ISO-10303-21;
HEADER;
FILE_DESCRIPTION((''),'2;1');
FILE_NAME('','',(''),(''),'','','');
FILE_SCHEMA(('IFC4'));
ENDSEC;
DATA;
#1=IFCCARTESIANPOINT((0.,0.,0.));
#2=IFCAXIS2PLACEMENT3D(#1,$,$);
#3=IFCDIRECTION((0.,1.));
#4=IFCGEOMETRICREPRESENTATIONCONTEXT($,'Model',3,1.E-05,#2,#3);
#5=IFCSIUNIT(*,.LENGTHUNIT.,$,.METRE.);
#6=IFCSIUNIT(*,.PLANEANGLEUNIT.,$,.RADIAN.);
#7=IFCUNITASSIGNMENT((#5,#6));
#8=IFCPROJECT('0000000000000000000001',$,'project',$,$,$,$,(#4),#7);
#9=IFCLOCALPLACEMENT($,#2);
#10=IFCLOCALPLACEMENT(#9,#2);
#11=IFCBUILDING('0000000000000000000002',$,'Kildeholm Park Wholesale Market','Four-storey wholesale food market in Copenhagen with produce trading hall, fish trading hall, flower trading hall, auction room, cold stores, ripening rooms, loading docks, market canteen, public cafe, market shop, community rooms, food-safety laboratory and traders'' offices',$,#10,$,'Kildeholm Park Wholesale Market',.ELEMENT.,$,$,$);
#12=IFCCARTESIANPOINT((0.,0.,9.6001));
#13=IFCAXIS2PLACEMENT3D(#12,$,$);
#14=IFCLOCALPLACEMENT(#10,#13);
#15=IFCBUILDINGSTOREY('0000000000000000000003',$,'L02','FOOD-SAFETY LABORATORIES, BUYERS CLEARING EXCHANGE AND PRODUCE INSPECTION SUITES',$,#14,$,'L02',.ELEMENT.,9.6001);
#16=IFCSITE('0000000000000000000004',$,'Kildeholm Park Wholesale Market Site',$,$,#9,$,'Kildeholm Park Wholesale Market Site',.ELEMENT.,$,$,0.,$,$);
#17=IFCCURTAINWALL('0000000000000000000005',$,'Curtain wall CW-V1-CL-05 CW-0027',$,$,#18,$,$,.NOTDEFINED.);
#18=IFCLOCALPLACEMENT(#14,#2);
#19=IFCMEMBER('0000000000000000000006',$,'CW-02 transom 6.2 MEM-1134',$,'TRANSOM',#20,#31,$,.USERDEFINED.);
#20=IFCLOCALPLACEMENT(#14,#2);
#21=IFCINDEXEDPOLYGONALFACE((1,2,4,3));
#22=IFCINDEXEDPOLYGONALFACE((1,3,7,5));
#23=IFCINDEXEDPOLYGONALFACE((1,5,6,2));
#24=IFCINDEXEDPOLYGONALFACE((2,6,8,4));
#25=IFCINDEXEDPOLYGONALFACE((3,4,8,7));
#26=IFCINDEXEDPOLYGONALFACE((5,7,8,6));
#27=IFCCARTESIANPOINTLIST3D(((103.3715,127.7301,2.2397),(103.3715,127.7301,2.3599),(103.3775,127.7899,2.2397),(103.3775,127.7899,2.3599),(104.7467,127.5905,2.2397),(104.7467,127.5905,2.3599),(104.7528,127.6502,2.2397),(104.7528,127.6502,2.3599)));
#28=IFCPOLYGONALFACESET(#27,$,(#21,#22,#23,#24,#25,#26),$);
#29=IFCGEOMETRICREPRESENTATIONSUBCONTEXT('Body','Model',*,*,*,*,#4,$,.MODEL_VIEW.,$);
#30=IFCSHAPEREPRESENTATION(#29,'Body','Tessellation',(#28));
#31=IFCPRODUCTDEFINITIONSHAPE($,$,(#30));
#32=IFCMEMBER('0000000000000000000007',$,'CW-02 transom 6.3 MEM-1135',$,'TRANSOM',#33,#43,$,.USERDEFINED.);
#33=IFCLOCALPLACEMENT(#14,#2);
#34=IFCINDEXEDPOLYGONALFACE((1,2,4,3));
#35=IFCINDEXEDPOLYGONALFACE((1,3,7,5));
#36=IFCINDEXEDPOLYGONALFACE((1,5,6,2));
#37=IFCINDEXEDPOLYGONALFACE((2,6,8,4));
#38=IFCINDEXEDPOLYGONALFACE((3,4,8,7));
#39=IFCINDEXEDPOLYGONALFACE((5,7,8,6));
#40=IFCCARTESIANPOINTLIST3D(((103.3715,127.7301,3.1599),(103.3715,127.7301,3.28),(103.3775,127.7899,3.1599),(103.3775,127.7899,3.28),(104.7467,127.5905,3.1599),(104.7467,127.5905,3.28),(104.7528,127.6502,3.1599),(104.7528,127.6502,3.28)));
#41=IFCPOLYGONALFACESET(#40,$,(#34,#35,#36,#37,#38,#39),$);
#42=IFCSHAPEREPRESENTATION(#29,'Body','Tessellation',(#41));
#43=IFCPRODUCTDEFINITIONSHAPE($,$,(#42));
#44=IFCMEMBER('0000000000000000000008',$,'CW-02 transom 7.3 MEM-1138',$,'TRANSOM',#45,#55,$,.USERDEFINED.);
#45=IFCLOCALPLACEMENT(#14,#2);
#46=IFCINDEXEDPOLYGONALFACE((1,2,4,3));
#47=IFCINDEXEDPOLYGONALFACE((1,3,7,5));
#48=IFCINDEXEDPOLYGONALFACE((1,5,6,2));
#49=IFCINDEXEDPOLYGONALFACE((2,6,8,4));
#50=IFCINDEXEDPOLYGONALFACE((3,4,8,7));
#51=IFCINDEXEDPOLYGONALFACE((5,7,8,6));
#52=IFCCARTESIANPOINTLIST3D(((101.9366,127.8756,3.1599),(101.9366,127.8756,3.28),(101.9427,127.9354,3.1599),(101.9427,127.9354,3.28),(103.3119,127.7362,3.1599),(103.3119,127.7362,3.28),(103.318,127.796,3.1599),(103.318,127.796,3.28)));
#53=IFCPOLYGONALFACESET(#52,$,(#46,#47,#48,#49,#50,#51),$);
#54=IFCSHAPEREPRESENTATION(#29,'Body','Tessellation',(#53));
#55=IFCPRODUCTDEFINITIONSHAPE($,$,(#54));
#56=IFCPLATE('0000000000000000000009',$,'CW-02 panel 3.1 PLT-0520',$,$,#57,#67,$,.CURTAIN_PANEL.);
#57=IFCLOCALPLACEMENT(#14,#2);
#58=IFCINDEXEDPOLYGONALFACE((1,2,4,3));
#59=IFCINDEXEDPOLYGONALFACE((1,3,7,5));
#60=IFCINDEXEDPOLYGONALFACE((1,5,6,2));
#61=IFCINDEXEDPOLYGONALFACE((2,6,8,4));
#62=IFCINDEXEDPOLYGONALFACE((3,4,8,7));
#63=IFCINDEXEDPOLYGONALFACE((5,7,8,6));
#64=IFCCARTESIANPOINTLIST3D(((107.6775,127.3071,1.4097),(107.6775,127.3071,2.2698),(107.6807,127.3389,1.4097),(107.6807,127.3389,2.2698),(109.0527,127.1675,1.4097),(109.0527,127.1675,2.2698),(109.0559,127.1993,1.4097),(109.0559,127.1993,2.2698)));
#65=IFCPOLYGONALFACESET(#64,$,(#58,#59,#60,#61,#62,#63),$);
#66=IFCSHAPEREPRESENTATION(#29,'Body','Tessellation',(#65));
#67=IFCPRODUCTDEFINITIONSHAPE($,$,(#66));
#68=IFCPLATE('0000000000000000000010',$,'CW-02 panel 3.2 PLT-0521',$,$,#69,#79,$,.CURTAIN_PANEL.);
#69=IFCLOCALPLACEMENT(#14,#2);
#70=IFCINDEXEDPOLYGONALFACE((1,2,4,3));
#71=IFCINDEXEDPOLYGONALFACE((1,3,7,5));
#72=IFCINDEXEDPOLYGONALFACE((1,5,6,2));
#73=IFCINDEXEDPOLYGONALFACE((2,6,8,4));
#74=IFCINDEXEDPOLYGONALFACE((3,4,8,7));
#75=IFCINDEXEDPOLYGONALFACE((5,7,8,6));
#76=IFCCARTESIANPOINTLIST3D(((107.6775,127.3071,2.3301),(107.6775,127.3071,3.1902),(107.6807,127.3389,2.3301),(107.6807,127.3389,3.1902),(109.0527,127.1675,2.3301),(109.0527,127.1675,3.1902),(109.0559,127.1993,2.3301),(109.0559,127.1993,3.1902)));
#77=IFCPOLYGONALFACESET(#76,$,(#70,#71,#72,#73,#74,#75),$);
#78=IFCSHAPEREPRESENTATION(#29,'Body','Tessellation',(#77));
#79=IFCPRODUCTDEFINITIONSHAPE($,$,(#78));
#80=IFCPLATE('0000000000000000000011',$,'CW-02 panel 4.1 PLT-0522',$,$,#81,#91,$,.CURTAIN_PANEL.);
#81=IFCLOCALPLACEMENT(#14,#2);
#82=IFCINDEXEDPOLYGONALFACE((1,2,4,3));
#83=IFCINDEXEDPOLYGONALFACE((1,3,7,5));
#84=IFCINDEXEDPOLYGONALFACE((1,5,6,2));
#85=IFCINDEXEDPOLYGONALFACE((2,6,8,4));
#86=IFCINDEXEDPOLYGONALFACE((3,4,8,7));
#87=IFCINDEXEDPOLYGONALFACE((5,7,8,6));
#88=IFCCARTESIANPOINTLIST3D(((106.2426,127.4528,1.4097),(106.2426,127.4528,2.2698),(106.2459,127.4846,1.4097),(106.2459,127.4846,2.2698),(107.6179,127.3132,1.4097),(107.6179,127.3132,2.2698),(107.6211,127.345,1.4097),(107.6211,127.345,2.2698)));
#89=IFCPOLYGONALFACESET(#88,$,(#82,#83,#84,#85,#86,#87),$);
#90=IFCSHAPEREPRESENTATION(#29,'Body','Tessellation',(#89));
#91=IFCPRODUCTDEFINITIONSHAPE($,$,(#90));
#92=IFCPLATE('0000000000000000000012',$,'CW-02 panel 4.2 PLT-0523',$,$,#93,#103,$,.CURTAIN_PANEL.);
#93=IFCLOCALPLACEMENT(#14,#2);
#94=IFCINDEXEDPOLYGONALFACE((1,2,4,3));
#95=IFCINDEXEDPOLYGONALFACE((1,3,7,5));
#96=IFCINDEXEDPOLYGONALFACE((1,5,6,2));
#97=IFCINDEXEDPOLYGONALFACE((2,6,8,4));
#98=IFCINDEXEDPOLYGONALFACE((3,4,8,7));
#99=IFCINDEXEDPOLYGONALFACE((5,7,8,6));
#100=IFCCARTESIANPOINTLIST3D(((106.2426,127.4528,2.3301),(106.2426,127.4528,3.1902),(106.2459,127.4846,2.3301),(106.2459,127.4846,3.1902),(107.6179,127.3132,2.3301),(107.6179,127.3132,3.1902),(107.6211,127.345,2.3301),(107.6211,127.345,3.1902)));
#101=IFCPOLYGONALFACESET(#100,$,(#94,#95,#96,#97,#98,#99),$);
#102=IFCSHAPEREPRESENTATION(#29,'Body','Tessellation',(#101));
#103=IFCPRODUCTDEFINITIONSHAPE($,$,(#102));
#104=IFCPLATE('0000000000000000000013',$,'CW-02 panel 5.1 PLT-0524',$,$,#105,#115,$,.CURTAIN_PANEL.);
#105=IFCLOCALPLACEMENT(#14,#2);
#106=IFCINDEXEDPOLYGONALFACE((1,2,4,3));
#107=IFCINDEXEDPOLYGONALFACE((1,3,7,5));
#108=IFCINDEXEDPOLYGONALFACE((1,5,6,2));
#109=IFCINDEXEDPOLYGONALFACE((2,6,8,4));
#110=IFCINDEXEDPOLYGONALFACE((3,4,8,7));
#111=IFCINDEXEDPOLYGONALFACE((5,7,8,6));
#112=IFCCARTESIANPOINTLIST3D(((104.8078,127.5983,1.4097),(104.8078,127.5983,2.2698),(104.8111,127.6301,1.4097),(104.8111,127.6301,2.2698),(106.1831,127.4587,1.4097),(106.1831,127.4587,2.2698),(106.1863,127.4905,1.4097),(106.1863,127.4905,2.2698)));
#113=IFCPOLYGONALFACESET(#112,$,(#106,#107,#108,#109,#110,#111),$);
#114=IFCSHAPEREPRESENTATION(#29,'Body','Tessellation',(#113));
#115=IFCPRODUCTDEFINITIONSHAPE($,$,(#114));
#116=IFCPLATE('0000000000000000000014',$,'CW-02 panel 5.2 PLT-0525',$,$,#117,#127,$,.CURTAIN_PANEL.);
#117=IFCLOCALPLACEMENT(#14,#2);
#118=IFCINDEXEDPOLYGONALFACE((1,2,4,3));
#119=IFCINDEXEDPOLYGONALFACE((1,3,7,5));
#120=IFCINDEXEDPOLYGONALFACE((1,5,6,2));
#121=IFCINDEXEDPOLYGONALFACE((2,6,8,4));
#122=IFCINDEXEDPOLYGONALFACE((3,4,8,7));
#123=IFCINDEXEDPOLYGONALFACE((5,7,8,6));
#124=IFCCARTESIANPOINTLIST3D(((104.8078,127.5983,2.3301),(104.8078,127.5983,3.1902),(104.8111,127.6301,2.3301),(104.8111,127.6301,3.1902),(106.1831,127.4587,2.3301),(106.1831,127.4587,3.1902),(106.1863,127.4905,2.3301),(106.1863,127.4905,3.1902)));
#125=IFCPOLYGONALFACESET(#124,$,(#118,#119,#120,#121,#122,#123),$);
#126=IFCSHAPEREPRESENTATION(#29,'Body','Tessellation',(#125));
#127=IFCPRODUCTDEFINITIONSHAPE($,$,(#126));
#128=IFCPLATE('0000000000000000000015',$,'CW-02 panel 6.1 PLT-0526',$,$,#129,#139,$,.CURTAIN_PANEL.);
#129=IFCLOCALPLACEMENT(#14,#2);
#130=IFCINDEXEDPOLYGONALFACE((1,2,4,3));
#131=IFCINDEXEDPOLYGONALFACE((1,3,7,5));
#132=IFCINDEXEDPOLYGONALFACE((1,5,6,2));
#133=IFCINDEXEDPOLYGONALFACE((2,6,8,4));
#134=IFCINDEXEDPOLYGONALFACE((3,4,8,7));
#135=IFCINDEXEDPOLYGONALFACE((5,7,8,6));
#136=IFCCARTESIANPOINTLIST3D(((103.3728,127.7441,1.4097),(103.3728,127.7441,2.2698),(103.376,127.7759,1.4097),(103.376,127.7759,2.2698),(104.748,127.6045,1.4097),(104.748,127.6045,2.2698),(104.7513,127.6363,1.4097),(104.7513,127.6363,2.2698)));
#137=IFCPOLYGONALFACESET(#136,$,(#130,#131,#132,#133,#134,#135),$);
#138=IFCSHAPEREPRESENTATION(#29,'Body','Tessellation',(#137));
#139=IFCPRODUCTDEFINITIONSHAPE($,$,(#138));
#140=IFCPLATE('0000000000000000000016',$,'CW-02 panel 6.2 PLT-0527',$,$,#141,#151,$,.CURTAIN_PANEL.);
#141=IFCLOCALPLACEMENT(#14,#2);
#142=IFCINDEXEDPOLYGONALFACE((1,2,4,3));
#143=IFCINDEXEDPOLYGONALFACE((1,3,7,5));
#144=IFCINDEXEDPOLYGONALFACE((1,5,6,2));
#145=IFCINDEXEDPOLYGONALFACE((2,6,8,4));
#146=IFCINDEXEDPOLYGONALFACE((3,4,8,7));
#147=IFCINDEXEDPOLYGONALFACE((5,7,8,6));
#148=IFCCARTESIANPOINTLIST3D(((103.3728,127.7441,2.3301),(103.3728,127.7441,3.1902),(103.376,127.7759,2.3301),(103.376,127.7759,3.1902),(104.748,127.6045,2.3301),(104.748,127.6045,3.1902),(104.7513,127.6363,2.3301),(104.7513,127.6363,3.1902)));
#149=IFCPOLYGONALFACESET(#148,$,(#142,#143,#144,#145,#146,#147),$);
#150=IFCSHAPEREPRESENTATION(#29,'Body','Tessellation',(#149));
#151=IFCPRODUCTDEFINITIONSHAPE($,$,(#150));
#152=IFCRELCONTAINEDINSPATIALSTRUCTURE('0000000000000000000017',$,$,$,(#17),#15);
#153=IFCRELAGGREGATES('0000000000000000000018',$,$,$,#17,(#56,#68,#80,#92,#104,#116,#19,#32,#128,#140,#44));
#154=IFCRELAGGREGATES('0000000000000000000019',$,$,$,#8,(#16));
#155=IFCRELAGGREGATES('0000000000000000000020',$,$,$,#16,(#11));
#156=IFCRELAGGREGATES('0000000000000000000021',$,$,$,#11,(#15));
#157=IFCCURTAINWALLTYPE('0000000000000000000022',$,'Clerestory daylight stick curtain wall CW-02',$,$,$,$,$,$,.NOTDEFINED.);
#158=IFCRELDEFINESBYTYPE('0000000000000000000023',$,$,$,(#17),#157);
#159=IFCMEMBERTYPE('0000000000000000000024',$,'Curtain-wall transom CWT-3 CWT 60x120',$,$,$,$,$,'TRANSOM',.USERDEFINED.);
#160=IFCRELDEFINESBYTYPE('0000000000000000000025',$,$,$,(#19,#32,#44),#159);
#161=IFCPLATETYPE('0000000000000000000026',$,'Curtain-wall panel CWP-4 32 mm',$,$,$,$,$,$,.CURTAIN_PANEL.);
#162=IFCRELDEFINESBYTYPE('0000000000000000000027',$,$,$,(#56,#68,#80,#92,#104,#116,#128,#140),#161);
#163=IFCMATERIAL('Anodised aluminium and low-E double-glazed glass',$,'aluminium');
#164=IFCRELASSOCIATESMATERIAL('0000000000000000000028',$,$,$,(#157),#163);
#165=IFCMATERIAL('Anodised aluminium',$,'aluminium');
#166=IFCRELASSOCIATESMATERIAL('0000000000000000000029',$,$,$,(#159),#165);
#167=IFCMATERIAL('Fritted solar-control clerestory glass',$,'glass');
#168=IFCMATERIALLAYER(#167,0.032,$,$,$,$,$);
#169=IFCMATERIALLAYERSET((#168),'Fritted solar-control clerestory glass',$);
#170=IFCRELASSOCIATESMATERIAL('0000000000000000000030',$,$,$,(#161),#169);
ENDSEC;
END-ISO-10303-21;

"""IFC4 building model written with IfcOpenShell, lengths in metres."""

from ifc_helpers import new_model, si_unit, direction, frame, origin, origin_2d, place, context, subcontext, project, spatial, rectangle, extrude, material, layer, layer_set, material_profile, profile_set, type_object, element, aggregate, save


model = new_model("IFC4")

# Units and contexts
model_context = context("Model", 3, precision=1e-05, world=origin(), true_north=direction((0.0, 1.0)))
body_context = subcontext(model_context, "Body", "Model", "MODEL_VIEW")
ifc_project = project(units=[si_unit("LENGTHUNIT", "METRE"), si_unit("PLANEANGLEUNIT", "RADIAN")], contexts=[model_context])

# Site, building, storey
site_placement = place(None, origin())
site = spatial("IfcSite", under=ifc_project, at=site_placement, Name="Kildeholm Park Wholesale Market Site", LongName="Kildeholm Park Wholesale Market Site", CompositionType="ELEMENT", RefElevation=0.0)
building_placement = place(site_placement, origin())
building = spatial("IfcBuilding", under=site, at=building_placement, Name="Kildeholm Park Wholesale Market", Description="Four-storey wholesale food market in Copenhagen with produce trading hall, fish trading hall, flower trading hall, auction room, cold stores, ripening rooms, loading docks, market canteen, public cafe, market shop, community rooms, food-safety laboratory and traders' offices", LongName="Kildeholm Park Wholesale Market", CompositionType="ELEMENT")
storey_placement = place(building_placement, frame((0.0, 0.0, 9.6001)))
storey = spatial("IfcBuildingStorey", under=building, at=storey_placement, Name="L02", Description="FOOD-SAFETY LABORATORIES, BUYERS CLEARING EXCHANGE AND PRODUCE INSPECTION SUITES", LongName="L02", CompositionType="ELEMENT", Elevation=9.6001)

# Curtain wall, members, plates
ifc_material_1 = material(Name="Anodised aluminium and low-E double-glazed glass", Category="aluminium")
curtain_wall_type = type_object("IfcCurtainWallType", Name="Clerestory daylight stick curtain wall CW-02", PredefinedType="NOTDEFINED", material=ifc_material_1)
curtain_wall_placement = place(storey_placement, origin())
curtain_wall = element("IfcCurtainWall", 1, at=curtain_wall_placement, inside=storey, type_object=curtain_wall_type, Name="Curtain wall CW-V1-CL-05 CW-0027", PredefinedType="NOTDEFINED")
ifc_material_2 = material(Name="Anodised aluminium", Category="aluminium")
ifc_material_profile_1 = material_profile(ifc_material_2, rectangle(XDim=0.0601, YDim=0.1201, at=origin_2d()), Name="CWT 60x120")
ifc_profile_set_1 = profile_set([ifc_material_profile_1], Name="Anodised aluminium")
member_type_1 = type_object("IfcMemberType", Name="Curtain-wall transom CWT-3 CWT 60x120", ElementType="TRANSOM", PredefinedType="USERDEFINED", material=ifc_profile_set_1)
member_1_placement = place(storey_placement, frame((104.7498, 127.6204, 2.2998), z_axis=(-0.994884, 0.101025, 0.0), x_axis=(-0.101025, -0.994884, 0.0)))
member_1 = element("IfcMember", 2, at=member_1_placement, type_object=member_type_1, Name="CW-02 transom 6.2 MEM-1134", ObjectType="TRANSOM", PredefinedType="USERDEFINED", context=body_context, shape_type="SweptSolid", body=[
    extrude(rectangle(XDim=0.0601, YDim=0.1201, at=origin_2d()), origin(), (0.0, 0.0, 1.0), 1.3823),
])
member_2_placement = place(storey_placement, frame((104.7498, 127.6204, 3.22), z_axis=(-0.994884, 0.101025, 0.0), x_axis=(-0.101025, -0.994884, 0.0)))
member_2 = element("IfcMember", 3, at=member_2_placement, type_object=member_type_1, Name="CW-02 transom 6.3 MEM-1135", ObjectType="TRANSOM", PredefinedType="USERDEFINED", context=body_context, shape_type="SweptSolid", body=[
    extrude(rectangle(XDim=0.0601, YDim=0.1201, at=origin_2d()), origin(), (0.0, 0.0, 1.0), 1.3823),
])
member_3_placement = place(storey_placement, frame((103.3149, 127.7661, 3.22), z_axis=(-0.994902, 0.10085, 0.0), x_axis=(-0.10085, -0.994902, 0.0)))
member_3 = element("IfcMember", 4, at=member_3_placement, type_object=member_type_1, Name="CW-02 transom 7.3 MEM-1138", ObjectType="TRANSOM", PredefinedType="USERDEFINED", context=body_context, shape_type="SweptSolid", body=[
    extrude(rectangle(XDim=0.0601, YDim=0.1201, at=origin_2d()), origin(), (0.0, 0.0, 1.0), 1.3823),
])
ifc_material_3 = material(Name="Fritted solar-control clerestory glass", Category="glass")
ifc_layer = layer(ifc_material_3, 0.032)
ifc_layer_set = layer_set([ifc_layer], Name="Fritted solar-control clerestory glass")
plate_type = type_object("IfcPlateType", Name="Curtain-wall panel CWP-4 32 mm", PredefinedType="CURTAIN_PANEL", material=ifc_layer_set)
plate_1_placement = place(storey_placement, frame((108.3667, 127.2532, 1.4097), z_axis=(0.0, 0.0, 1.0), x_axis=(-0.994887, 0.100999, 0.0)))
plate_1 = element("IfcPlate", 5, at=plate_1_placement, type_object=plate_type, Name="CW-02 panel 3.1 PLT-0520", PredefinedType="CURTAIN_PANEL", context=body_context, shape_type="SweptSolid", body=[
    extrude(rectangle(XDim=1.3823, YDim=0.032, at=origin_2d()), origin(), (0.0, 0.0, 1.0), 0.8601),
])
plate_2_placement = place(storey_placement, frame((108.3667, 127.2532, 2.3301), z_axis=(0.0, 0.0, 1.0), x_axis=(-0.994887, 0.100999, 0.0)))
plate_2 = element("IfcPlate", 6, at=plate_2_placement, type_object=plate_type, Name="CW-02 panel 3.2 PLT-0521", PredefinedType="CURTAIN_PANEL", context=body_context, shape_type="SweptSolid", body=[
    extrude(rectangle(XDim=1.3823, YDim=0.032, at=origin_2d()), origin(), (0.0, 0.0, 1.0), 0.8601),
])
plate_3_placement = place(storey_placement, frame((106.9319, 127.3989, 1.4097), z_axis=(0.0, 0.0, 1.0), x_axis=(-0.994887, 0.100999, 0.0)))
plate_3 = element("IfcPlate", 7, at=plate_3_placement, type_object=plate_type, Name="CW-02 panel 4.1 PLT-0522", PredefinedType="CURTAIN_PANEL", context=body_context, shape_type="SweptSolid", body=[
    extrude(rectangle(XDim=1.3823, YDim=0.032, at=origin_2d()), origin(), (0.0, 0.0, 1.0), 0.8601),
])
plate_4_placement = place(storey_placement, frame((106.9319, 127.3989, 2.3301), z_axis=(0.0, 0.0, 1.0), x_axis=(-0.994887, 0.100999, 0.0)))
plate_4 = element("IfcPlate", 8, at=plate_4_placement, type_object=plate_type, Name="CW-02 panel 4.2 PLT-0523", PredefinedType="CURTAIN_PANEL", context=body_context, shape_type="SweptSolid", body=[
    extrude(rectangle(XDim=1.3823, YDim=0.032, at=origin_2d()), origin(), (0.0, 0.0, 1.0), 0.8601),
])
plate_5_placement = place(storey_placement, frame((105.4971, 127.5444, 1.4097), z_axis=(0.0, 0.0, 1.0), x_axis=(-0.994887, 0.100999, 0.0)))
plate_5 = element("IfcPlate", 9, at=plate_5_placement, type_object=plate_type, Name="CW-02 panel 5.1 PLT-0524", PredefinedType="CURTAIN_PANEL", context=body_context, shape_type="SweptSolid", body=[
    extrude(rectangle(XDim=1.3823, YDim=0.032, at=origin_2d()), origin(), (0.0, 0.0, 1.0), 0.8601),
])
plate_6_placement = place(storey_placement, frame((105.4971, 127.5444, 2.3301), z_axis=(0.0, 0.0, 1.0), x_axis=(-0.994887, 0.100999, 0.0)))
plate_6 = element("IfcPlate", 10, at=plate_6_placement, type_object=plate_type, Name="CW-02 panel 5.2 PLT-0525", PredefinedType="CURTAIN_PANEL", context=body_context, shape_type="SweptSolid", body=[
    extrude(rectangle(XDim=1.3823, YDim=0.032, at=origin_2d()), origin(), (0.0, 0.0, 1.0), 0.8601),
])
plate_7_placement = place(storey_placement, frame((104.062, 127.6902, 1.4097), z_axis=(0.0, 0.0, 1.0), x_axis=(-0.994887, 0.100999, 0.0)))
plate_7 = element("IfcPlate", 11, at=plate_7_placement, type_object=plate_type, Name="CW-02 panel 6.1 PLT-0526", PredefinedType="CURTAIN_PANEL", context=body_context, shape_type="SweptSolid", body=[
    extrude(rectangle(XDim=1.3823, YDim=0.032, at=origin_2d()), origin(), (0.0, 0.0, 1.0), 0.8601),
])
plate_8_placement = place(storey_placement, frame((104.062, 127.6902, 2.3301), z_axis=(0.0, 0.0, 1.0), x_axis=(-0.994887, 0.100999, 0.0)))
plate_8 = element("IfcPlate", 12, at=plate_8_placement, type_object=plate_type, Name="CW-02 panel 6.2 PLT-0527", PredefinedType="CURTAIN_PANEL", context=body_context, shape_type="SweptSolid", body=[
    extrude(rectangle(XDim=1.3823, YDim=0.032, at=origin_2d()), origin(), (0.0, 0.0, 1.0), 0.8601),
])
aggregate(curtain_wall, [plate_1, plate_2, plate_3, plate_4, plate_5, plate_6, member_1, member_2, plate_7, plate_8, member_3])

save(model, "model.ifc")
